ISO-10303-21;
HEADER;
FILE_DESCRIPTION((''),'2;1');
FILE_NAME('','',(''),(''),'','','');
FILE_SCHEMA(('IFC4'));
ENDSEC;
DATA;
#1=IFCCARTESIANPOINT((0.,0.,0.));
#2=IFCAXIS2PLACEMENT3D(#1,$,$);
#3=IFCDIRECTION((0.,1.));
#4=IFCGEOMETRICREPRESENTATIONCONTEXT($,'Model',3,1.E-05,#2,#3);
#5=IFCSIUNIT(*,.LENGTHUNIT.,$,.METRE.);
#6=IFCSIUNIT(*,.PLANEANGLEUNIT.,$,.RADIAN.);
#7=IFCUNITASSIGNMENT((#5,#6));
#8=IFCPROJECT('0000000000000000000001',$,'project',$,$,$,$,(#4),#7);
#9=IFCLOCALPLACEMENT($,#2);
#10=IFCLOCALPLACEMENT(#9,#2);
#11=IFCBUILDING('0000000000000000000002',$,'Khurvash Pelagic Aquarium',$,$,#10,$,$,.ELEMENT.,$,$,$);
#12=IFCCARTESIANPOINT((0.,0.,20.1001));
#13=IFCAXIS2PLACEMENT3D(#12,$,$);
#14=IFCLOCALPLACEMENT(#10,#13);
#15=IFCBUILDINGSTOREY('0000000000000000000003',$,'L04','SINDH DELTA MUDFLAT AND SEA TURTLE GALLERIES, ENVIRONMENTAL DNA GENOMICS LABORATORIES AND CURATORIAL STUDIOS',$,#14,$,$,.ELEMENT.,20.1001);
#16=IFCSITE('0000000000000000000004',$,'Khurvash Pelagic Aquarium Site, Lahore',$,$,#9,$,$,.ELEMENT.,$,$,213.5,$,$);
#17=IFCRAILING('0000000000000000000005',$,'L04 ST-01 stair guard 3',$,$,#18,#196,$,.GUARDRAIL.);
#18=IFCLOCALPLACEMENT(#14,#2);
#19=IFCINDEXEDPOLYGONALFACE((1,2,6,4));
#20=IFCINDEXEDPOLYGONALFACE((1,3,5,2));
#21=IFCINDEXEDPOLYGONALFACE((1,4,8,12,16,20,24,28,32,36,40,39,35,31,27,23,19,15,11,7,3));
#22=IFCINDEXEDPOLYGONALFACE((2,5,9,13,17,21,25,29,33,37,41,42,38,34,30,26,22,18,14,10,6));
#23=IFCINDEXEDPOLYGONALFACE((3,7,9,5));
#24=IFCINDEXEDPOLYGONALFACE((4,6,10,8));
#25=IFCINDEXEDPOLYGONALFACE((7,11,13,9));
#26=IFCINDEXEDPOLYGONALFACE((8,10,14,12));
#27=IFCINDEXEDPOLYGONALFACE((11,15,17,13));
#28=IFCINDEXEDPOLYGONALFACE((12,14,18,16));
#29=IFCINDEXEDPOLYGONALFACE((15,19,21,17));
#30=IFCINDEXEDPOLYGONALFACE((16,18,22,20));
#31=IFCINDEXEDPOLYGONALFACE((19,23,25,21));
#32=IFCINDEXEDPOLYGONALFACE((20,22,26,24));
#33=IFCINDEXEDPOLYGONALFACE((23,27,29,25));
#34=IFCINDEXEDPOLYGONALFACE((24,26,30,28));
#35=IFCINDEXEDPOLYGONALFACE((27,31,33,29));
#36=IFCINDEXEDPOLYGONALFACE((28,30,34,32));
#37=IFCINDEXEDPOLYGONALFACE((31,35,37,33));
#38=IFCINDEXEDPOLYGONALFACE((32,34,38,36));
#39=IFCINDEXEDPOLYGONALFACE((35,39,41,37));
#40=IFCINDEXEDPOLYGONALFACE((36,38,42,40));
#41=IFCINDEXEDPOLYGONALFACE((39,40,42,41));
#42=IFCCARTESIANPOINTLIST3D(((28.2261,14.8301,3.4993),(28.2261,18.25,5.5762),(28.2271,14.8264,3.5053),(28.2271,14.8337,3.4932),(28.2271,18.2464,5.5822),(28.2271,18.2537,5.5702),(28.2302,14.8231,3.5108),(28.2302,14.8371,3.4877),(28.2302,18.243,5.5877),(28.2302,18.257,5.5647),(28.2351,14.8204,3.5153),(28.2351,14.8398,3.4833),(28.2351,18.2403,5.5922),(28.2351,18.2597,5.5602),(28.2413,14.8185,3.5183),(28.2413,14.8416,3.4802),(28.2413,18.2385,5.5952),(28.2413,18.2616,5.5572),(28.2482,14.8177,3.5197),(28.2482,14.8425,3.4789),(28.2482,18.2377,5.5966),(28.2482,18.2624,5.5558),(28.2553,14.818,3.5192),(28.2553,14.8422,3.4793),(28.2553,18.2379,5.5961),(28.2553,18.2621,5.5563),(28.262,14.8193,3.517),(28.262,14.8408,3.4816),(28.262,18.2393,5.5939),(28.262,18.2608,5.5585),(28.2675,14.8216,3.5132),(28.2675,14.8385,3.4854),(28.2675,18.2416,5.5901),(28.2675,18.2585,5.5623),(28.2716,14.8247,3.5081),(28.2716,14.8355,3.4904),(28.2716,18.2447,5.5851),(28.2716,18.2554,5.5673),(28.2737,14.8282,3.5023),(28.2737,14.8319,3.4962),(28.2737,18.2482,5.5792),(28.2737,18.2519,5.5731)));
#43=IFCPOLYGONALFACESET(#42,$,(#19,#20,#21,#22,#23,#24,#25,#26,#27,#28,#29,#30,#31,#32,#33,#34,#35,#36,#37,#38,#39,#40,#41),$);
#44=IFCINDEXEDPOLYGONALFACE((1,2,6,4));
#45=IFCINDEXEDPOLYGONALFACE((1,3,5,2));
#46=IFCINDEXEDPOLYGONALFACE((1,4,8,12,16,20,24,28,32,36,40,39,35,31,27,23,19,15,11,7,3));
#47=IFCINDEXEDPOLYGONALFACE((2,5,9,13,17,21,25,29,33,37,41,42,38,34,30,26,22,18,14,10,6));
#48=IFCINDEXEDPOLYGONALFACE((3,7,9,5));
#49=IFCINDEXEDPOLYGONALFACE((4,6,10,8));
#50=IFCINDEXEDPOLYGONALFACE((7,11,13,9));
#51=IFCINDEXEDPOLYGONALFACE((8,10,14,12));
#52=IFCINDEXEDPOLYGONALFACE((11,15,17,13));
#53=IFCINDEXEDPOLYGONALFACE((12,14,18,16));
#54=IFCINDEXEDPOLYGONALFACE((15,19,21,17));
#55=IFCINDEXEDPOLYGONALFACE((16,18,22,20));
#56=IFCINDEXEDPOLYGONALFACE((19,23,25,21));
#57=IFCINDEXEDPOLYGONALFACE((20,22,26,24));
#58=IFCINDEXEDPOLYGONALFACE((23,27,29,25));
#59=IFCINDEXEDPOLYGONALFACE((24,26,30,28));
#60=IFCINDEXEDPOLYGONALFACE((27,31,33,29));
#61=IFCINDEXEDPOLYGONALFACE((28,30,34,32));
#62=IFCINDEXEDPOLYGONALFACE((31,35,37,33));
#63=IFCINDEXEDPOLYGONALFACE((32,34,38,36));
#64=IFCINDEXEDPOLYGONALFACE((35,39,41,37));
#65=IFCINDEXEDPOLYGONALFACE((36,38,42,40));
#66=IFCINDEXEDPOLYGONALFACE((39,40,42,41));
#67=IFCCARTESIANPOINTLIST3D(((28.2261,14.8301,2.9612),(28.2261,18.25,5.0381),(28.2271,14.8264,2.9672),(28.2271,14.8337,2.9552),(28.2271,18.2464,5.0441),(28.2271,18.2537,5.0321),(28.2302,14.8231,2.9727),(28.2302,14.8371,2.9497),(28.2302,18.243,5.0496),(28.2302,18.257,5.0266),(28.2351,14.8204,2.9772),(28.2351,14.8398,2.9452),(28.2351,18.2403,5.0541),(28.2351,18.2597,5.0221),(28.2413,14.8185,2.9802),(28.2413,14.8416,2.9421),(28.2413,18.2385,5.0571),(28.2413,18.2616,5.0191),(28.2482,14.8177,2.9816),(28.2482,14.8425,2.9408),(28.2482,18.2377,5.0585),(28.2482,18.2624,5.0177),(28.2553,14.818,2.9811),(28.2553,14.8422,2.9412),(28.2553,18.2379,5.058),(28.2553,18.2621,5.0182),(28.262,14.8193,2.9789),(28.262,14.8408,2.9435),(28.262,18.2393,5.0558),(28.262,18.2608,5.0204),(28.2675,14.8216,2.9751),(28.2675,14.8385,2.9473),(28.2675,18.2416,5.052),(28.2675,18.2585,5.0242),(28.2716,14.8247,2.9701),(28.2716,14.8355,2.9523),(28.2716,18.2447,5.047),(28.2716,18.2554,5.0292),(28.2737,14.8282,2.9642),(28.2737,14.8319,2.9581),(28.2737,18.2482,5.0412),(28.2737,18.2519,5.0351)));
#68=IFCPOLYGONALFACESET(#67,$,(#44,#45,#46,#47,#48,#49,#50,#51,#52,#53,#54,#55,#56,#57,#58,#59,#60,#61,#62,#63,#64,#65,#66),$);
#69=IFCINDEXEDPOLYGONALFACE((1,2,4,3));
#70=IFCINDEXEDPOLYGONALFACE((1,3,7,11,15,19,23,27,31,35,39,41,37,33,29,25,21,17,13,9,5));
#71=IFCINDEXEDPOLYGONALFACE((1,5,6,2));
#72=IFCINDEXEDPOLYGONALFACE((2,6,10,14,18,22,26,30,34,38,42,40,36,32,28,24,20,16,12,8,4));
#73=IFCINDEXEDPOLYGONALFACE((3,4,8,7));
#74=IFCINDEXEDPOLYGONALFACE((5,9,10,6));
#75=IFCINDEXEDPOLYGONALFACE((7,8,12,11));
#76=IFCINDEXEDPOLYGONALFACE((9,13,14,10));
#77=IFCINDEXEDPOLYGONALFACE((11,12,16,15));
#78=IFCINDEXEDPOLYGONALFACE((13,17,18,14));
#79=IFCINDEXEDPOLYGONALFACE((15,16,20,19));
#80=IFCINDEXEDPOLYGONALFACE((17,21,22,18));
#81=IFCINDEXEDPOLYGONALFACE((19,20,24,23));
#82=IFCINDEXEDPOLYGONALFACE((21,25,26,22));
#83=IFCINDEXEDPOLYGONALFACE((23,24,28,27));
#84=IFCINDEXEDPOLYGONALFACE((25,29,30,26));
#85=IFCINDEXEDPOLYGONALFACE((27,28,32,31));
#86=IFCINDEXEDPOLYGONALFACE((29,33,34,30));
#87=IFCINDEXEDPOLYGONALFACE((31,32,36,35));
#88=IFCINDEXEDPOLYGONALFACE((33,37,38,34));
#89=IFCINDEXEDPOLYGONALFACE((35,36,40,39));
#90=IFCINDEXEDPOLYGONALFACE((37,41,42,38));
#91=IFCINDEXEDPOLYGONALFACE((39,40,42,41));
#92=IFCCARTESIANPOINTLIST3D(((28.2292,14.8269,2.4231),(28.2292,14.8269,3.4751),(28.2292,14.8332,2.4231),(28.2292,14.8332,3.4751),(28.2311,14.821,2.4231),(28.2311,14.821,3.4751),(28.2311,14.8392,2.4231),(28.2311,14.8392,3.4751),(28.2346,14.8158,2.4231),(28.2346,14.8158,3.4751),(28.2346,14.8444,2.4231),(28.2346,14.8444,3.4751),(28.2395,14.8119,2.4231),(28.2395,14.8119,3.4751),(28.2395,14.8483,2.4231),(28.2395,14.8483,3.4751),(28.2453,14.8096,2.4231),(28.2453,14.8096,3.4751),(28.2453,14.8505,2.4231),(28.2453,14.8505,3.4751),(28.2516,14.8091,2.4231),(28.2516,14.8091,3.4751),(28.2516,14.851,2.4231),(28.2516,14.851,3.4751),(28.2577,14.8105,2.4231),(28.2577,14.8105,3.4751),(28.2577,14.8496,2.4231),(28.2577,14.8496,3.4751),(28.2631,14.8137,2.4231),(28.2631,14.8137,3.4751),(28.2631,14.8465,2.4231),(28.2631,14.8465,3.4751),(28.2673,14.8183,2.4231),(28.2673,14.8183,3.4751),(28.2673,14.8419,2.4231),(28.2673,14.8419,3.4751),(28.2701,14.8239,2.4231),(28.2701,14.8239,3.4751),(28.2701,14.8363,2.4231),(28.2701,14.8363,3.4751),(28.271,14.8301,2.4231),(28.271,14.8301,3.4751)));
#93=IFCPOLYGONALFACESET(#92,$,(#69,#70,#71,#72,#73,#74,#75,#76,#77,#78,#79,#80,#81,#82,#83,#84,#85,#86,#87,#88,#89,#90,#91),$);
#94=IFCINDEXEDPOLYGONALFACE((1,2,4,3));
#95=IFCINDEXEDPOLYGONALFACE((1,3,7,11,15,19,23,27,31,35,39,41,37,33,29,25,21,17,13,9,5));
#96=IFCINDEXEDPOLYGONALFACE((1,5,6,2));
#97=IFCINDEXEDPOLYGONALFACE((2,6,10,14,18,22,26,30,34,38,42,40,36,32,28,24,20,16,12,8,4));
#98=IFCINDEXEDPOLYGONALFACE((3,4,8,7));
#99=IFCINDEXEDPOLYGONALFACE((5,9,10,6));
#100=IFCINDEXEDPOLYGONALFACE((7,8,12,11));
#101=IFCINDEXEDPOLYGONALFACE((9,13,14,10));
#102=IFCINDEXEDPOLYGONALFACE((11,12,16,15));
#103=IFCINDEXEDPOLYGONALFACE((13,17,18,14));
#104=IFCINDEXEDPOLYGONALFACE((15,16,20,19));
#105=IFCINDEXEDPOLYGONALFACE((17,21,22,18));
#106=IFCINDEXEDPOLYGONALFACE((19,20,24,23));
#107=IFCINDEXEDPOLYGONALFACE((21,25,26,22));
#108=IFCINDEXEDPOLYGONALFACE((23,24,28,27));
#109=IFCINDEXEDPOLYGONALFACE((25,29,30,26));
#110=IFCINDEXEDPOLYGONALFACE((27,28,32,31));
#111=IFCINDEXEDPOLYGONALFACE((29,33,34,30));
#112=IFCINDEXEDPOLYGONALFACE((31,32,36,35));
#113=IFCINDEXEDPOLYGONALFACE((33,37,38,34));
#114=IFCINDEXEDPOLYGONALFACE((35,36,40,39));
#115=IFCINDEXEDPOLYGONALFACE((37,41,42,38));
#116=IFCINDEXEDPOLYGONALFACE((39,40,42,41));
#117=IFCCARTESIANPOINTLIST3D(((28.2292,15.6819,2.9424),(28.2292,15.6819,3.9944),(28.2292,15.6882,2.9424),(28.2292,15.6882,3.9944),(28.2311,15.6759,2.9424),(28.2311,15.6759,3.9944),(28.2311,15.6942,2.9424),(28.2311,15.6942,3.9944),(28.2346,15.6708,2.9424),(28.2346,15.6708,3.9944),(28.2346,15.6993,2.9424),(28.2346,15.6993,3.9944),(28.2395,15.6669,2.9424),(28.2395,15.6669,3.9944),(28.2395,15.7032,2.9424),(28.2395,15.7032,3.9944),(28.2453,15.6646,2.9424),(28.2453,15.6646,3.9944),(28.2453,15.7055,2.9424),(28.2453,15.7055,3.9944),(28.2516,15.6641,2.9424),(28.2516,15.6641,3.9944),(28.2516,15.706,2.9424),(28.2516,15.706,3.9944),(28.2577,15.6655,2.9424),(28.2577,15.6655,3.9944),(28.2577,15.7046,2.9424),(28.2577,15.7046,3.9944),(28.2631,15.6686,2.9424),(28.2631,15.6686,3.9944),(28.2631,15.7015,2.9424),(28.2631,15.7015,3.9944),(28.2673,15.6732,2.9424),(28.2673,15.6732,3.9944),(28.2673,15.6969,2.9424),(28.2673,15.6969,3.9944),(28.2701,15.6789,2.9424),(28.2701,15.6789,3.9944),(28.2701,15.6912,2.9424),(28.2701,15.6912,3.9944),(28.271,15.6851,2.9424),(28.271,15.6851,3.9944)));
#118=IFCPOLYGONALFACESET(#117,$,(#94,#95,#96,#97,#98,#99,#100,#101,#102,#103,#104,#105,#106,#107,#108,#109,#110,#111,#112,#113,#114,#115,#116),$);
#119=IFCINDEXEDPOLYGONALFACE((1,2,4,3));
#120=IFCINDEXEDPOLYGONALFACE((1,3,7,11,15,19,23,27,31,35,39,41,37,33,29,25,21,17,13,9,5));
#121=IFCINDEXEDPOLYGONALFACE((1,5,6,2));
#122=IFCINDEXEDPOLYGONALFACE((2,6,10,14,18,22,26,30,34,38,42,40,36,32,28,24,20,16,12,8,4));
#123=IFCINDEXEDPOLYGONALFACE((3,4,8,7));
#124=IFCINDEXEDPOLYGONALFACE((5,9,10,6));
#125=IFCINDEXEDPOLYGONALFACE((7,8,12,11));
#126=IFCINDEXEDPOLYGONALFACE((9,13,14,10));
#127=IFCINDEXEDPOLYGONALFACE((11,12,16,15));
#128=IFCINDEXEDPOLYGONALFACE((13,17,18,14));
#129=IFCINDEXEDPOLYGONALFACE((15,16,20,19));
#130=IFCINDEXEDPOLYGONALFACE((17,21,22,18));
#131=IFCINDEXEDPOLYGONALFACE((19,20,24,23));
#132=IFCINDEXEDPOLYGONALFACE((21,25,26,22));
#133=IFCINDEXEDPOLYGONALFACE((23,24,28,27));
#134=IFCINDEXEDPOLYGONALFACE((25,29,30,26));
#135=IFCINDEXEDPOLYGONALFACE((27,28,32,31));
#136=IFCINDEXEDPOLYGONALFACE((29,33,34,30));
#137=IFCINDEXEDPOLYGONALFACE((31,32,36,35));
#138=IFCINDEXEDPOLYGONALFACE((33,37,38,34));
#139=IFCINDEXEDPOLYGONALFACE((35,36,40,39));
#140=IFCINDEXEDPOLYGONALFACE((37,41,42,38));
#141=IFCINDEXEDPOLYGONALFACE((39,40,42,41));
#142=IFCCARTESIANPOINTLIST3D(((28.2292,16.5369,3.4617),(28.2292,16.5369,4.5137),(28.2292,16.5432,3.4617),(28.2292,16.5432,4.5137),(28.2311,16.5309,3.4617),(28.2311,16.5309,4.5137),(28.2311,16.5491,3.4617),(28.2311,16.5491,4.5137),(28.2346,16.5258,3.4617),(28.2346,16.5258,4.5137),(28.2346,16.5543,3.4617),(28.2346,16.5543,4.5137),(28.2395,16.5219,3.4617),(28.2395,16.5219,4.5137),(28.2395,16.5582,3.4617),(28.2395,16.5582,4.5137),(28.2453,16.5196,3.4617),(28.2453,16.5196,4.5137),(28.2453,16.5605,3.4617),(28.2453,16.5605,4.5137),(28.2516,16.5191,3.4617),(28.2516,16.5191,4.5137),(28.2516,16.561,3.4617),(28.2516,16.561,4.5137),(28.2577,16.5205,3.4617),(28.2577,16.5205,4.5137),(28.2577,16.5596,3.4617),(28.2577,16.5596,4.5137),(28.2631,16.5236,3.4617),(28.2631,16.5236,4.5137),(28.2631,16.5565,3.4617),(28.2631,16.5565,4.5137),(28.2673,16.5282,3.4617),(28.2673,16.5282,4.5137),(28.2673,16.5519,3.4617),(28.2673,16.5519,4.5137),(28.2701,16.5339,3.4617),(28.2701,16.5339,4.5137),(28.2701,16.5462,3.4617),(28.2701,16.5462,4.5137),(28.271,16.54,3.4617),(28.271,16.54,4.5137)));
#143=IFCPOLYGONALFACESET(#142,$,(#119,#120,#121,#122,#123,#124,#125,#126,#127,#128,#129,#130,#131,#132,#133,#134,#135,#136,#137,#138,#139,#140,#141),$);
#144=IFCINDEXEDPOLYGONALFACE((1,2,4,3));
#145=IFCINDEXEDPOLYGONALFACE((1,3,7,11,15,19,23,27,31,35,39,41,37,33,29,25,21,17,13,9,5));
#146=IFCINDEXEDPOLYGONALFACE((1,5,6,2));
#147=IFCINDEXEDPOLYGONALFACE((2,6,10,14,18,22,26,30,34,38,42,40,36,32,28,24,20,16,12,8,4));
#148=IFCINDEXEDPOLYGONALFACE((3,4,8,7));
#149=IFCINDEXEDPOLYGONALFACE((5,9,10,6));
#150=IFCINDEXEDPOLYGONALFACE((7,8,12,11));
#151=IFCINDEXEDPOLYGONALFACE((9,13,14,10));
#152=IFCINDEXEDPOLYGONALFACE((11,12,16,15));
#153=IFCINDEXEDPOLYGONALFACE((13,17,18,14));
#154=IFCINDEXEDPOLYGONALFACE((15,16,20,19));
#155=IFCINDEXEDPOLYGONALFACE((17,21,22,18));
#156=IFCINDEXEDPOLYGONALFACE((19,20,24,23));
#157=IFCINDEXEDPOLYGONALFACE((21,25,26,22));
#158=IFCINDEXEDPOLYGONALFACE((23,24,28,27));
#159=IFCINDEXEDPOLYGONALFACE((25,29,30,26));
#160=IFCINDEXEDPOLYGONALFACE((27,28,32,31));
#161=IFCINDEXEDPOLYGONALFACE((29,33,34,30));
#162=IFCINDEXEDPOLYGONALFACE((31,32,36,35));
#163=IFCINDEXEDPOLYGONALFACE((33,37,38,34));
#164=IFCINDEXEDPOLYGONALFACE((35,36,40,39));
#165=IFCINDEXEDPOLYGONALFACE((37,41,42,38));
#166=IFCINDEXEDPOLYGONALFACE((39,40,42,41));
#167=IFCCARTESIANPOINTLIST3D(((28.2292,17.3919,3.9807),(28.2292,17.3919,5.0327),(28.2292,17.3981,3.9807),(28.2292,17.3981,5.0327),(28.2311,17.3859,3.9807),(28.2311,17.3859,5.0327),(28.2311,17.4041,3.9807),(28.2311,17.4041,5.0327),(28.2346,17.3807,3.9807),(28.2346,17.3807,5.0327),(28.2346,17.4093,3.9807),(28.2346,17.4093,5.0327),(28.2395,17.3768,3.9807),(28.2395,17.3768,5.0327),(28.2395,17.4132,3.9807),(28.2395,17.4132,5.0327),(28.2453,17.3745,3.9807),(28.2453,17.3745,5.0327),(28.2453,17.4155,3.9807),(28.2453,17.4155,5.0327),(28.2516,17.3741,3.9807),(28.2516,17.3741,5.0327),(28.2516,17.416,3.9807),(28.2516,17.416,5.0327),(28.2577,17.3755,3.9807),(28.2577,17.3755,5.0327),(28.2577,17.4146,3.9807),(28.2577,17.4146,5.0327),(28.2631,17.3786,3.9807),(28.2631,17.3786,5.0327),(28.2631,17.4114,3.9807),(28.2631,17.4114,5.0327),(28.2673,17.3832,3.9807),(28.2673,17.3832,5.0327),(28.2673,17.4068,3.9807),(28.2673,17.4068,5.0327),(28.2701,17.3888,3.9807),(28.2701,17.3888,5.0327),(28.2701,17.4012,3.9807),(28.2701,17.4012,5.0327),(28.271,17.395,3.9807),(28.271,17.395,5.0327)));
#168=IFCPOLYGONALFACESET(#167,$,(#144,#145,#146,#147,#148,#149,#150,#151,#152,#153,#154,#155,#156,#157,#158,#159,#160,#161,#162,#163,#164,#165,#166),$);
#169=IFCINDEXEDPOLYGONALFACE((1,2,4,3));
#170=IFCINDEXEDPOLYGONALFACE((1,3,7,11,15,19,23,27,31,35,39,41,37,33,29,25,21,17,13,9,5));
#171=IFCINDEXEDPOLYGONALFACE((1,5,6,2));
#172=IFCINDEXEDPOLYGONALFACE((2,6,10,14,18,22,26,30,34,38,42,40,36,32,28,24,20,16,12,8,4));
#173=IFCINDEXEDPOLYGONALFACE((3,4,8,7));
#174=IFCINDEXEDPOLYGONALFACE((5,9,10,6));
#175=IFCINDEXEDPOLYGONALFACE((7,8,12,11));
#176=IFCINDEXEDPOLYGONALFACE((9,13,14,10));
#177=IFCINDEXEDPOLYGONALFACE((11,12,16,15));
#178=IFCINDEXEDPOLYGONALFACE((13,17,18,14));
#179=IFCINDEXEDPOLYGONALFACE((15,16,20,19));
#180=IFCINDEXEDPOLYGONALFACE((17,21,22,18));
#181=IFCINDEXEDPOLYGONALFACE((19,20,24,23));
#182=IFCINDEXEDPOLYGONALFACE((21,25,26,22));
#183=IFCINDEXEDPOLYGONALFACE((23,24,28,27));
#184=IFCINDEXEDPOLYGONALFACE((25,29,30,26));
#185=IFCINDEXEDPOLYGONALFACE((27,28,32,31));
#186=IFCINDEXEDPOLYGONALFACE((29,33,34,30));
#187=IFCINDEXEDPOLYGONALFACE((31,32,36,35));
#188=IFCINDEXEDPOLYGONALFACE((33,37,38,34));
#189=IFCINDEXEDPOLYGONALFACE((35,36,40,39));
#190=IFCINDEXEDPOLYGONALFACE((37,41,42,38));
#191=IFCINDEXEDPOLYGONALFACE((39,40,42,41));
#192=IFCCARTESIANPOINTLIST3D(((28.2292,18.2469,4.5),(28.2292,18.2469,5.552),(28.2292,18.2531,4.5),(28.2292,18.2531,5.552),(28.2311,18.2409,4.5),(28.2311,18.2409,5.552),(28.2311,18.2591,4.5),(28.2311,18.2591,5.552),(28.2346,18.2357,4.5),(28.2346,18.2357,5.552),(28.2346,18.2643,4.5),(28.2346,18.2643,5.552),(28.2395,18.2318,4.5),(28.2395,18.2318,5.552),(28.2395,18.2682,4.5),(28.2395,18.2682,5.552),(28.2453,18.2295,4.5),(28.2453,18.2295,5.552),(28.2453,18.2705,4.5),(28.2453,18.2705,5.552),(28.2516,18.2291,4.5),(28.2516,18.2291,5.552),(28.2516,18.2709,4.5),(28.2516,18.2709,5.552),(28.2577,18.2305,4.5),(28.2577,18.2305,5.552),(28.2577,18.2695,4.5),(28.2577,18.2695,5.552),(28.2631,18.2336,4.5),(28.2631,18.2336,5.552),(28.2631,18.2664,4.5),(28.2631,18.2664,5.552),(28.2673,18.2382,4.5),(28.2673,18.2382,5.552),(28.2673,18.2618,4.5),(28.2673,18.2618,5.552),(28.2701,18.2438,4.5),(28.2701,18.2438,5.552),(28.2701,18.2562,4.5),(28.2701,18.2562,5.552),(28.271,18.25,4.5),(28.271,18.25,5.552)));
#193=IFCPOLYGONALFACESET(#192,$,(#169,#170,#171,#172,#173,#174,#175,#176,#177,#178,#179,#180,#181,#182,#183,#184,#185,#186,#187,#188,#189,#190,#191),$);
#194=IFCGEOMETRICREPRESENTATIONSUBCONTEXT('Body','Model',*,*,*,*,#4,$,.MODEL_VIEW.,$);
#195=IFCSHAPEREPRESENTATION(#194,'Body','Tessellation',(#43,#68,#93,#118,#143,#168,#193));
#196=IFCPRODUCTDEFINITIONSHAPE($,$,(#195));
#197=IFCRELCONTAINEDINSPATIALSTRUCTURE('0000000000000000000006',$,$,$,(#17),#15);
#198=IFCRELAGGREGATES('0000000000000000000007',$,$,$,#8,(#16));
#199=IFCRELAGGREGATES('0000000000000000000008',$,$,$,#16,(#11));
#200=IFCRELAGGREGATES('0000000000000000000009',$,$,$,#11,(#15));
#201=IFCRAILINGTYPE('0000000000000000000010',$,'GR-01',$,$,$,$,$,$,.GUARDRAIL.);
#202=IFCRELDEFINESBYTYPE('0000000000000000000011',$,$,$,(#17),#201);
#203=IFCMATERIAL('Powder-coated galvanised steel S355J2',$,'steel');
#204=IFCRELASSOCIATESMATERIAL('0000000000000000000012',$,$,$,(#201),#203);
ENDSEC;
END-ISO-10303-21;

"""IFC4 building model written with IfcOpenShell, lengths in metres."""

from ifc_helpers import new_model, si_unit, direction, frame, origin, origin_2d, place, context, subcontext, project, spatial, circle, extrude, material, type_object, element, save


model = new_model("IFC4")

# Units and contexts
model_context = context("Model", 3, precision=1e-05, world=origin(), true_north=direction((0.0, 1.0)))
body_context = subcontext(model_context, "Body", "Model", "MODEL_VIEW")
ifc_project = project(units=[si_unit("LENGTHUNIT", "METRE"), si_unit("PLANEANGLEUNIT", "RADIAN")], contexts=[model_context])

# Site, building, storey
site_placement = place(None, origin())
site = spatial("IfcSite", under=ifc_project, at=site_placement, Name="Khurvash Pelagic Aquarium Site, Lahore", CompositionType="ELEMENT", RefElevation=213.5)
building_placement = place(site_placement, origin())
building = spatial("IfcBuilding", under=site, at=building_placement, Name="Khurvash Pelagic Aquarium", CompositionType="ELEMENT")
storey_placement = place(building_placement, frame((0.0, 0.0, 20.1001)))
storey = spatial("IfcBuildingStorey", under=building, at=storey_placement, Name="L04", Description="SINDH DELTA MUDFLAT AND SEA TURTLE GALLERIES, ENVIRONMENTAL DNA GENOMICS LABORATORIES AND CURATORIAL STUDIOS", CompositionType="ELEMENT", Elevation=20.1001)

# Railing
ifc_material_1 = material(Name="Powder-coated galvanised steel S355J2", Category="steel")
railing_type_1 = type_object("IfcRailingType", Name="GR-01", PredefinedType="GUARDRAIL", material=ifc_material_1)
railing_1_placement = place(storey_placement, frame((28.25, 14.8301, 2.4231)))
element("IfcRailing", 1, at=railing_1_placement, inside=storey, type_object=railing_type_1, Name="L04 ST-01 stair guard 3", PredefinedType="GUARDRAIL", context=body_context, shape_type="SweptSolid", body=[
    extrude(circle(Radius=0.0239, at=origin_2d()), frame((0.0, 0.0, 1.0762), z_axis=(0.0, 0.85473, 0.519074), x_axis=(-1.0, 0.0, 0.0)), (0.0, 0.0, 1.0), 4.0012),
    extrude(circle(Radius=0.0239, at=origin_2d()), frame((0.0, 0.0, 0.5381), z_axis=(0.0, 0.85473, 0.519074), x_axis=(-1.0, 0.0, 0.0)), (0.0, 0.0, 1.0), 4.0012),
    extrude(circle(Radius=0.021, at=origin_2d()), origin(), (0.0, 0.0, 1.0), 1.052),
    extrude(circle(Radius=0.021, at=origin_2d()), frame((0.0, 0.855, 0.5193)), (0.0, 0.0, 1.0), 1.052),
    extrude(circle(Radius=0.021, at=origin_2d()), frame((0.0, 1.71, 1.0386)), (0.0, 0.0, 1.0), 1.052),
    extrude(circle(Radius=0.021, at=origin_2d()), frame((0.0, 2.5649, 1.5576)), (0.0, 0.0, 1.0), 1.052),
    extrude(circle(Radius=0.021, at=origin_2d()), frame((0.0, 3.4199, 2.0769)), (0.0, 0.0, 1.0), 1.052),
])

save(model, "model.ifc")
